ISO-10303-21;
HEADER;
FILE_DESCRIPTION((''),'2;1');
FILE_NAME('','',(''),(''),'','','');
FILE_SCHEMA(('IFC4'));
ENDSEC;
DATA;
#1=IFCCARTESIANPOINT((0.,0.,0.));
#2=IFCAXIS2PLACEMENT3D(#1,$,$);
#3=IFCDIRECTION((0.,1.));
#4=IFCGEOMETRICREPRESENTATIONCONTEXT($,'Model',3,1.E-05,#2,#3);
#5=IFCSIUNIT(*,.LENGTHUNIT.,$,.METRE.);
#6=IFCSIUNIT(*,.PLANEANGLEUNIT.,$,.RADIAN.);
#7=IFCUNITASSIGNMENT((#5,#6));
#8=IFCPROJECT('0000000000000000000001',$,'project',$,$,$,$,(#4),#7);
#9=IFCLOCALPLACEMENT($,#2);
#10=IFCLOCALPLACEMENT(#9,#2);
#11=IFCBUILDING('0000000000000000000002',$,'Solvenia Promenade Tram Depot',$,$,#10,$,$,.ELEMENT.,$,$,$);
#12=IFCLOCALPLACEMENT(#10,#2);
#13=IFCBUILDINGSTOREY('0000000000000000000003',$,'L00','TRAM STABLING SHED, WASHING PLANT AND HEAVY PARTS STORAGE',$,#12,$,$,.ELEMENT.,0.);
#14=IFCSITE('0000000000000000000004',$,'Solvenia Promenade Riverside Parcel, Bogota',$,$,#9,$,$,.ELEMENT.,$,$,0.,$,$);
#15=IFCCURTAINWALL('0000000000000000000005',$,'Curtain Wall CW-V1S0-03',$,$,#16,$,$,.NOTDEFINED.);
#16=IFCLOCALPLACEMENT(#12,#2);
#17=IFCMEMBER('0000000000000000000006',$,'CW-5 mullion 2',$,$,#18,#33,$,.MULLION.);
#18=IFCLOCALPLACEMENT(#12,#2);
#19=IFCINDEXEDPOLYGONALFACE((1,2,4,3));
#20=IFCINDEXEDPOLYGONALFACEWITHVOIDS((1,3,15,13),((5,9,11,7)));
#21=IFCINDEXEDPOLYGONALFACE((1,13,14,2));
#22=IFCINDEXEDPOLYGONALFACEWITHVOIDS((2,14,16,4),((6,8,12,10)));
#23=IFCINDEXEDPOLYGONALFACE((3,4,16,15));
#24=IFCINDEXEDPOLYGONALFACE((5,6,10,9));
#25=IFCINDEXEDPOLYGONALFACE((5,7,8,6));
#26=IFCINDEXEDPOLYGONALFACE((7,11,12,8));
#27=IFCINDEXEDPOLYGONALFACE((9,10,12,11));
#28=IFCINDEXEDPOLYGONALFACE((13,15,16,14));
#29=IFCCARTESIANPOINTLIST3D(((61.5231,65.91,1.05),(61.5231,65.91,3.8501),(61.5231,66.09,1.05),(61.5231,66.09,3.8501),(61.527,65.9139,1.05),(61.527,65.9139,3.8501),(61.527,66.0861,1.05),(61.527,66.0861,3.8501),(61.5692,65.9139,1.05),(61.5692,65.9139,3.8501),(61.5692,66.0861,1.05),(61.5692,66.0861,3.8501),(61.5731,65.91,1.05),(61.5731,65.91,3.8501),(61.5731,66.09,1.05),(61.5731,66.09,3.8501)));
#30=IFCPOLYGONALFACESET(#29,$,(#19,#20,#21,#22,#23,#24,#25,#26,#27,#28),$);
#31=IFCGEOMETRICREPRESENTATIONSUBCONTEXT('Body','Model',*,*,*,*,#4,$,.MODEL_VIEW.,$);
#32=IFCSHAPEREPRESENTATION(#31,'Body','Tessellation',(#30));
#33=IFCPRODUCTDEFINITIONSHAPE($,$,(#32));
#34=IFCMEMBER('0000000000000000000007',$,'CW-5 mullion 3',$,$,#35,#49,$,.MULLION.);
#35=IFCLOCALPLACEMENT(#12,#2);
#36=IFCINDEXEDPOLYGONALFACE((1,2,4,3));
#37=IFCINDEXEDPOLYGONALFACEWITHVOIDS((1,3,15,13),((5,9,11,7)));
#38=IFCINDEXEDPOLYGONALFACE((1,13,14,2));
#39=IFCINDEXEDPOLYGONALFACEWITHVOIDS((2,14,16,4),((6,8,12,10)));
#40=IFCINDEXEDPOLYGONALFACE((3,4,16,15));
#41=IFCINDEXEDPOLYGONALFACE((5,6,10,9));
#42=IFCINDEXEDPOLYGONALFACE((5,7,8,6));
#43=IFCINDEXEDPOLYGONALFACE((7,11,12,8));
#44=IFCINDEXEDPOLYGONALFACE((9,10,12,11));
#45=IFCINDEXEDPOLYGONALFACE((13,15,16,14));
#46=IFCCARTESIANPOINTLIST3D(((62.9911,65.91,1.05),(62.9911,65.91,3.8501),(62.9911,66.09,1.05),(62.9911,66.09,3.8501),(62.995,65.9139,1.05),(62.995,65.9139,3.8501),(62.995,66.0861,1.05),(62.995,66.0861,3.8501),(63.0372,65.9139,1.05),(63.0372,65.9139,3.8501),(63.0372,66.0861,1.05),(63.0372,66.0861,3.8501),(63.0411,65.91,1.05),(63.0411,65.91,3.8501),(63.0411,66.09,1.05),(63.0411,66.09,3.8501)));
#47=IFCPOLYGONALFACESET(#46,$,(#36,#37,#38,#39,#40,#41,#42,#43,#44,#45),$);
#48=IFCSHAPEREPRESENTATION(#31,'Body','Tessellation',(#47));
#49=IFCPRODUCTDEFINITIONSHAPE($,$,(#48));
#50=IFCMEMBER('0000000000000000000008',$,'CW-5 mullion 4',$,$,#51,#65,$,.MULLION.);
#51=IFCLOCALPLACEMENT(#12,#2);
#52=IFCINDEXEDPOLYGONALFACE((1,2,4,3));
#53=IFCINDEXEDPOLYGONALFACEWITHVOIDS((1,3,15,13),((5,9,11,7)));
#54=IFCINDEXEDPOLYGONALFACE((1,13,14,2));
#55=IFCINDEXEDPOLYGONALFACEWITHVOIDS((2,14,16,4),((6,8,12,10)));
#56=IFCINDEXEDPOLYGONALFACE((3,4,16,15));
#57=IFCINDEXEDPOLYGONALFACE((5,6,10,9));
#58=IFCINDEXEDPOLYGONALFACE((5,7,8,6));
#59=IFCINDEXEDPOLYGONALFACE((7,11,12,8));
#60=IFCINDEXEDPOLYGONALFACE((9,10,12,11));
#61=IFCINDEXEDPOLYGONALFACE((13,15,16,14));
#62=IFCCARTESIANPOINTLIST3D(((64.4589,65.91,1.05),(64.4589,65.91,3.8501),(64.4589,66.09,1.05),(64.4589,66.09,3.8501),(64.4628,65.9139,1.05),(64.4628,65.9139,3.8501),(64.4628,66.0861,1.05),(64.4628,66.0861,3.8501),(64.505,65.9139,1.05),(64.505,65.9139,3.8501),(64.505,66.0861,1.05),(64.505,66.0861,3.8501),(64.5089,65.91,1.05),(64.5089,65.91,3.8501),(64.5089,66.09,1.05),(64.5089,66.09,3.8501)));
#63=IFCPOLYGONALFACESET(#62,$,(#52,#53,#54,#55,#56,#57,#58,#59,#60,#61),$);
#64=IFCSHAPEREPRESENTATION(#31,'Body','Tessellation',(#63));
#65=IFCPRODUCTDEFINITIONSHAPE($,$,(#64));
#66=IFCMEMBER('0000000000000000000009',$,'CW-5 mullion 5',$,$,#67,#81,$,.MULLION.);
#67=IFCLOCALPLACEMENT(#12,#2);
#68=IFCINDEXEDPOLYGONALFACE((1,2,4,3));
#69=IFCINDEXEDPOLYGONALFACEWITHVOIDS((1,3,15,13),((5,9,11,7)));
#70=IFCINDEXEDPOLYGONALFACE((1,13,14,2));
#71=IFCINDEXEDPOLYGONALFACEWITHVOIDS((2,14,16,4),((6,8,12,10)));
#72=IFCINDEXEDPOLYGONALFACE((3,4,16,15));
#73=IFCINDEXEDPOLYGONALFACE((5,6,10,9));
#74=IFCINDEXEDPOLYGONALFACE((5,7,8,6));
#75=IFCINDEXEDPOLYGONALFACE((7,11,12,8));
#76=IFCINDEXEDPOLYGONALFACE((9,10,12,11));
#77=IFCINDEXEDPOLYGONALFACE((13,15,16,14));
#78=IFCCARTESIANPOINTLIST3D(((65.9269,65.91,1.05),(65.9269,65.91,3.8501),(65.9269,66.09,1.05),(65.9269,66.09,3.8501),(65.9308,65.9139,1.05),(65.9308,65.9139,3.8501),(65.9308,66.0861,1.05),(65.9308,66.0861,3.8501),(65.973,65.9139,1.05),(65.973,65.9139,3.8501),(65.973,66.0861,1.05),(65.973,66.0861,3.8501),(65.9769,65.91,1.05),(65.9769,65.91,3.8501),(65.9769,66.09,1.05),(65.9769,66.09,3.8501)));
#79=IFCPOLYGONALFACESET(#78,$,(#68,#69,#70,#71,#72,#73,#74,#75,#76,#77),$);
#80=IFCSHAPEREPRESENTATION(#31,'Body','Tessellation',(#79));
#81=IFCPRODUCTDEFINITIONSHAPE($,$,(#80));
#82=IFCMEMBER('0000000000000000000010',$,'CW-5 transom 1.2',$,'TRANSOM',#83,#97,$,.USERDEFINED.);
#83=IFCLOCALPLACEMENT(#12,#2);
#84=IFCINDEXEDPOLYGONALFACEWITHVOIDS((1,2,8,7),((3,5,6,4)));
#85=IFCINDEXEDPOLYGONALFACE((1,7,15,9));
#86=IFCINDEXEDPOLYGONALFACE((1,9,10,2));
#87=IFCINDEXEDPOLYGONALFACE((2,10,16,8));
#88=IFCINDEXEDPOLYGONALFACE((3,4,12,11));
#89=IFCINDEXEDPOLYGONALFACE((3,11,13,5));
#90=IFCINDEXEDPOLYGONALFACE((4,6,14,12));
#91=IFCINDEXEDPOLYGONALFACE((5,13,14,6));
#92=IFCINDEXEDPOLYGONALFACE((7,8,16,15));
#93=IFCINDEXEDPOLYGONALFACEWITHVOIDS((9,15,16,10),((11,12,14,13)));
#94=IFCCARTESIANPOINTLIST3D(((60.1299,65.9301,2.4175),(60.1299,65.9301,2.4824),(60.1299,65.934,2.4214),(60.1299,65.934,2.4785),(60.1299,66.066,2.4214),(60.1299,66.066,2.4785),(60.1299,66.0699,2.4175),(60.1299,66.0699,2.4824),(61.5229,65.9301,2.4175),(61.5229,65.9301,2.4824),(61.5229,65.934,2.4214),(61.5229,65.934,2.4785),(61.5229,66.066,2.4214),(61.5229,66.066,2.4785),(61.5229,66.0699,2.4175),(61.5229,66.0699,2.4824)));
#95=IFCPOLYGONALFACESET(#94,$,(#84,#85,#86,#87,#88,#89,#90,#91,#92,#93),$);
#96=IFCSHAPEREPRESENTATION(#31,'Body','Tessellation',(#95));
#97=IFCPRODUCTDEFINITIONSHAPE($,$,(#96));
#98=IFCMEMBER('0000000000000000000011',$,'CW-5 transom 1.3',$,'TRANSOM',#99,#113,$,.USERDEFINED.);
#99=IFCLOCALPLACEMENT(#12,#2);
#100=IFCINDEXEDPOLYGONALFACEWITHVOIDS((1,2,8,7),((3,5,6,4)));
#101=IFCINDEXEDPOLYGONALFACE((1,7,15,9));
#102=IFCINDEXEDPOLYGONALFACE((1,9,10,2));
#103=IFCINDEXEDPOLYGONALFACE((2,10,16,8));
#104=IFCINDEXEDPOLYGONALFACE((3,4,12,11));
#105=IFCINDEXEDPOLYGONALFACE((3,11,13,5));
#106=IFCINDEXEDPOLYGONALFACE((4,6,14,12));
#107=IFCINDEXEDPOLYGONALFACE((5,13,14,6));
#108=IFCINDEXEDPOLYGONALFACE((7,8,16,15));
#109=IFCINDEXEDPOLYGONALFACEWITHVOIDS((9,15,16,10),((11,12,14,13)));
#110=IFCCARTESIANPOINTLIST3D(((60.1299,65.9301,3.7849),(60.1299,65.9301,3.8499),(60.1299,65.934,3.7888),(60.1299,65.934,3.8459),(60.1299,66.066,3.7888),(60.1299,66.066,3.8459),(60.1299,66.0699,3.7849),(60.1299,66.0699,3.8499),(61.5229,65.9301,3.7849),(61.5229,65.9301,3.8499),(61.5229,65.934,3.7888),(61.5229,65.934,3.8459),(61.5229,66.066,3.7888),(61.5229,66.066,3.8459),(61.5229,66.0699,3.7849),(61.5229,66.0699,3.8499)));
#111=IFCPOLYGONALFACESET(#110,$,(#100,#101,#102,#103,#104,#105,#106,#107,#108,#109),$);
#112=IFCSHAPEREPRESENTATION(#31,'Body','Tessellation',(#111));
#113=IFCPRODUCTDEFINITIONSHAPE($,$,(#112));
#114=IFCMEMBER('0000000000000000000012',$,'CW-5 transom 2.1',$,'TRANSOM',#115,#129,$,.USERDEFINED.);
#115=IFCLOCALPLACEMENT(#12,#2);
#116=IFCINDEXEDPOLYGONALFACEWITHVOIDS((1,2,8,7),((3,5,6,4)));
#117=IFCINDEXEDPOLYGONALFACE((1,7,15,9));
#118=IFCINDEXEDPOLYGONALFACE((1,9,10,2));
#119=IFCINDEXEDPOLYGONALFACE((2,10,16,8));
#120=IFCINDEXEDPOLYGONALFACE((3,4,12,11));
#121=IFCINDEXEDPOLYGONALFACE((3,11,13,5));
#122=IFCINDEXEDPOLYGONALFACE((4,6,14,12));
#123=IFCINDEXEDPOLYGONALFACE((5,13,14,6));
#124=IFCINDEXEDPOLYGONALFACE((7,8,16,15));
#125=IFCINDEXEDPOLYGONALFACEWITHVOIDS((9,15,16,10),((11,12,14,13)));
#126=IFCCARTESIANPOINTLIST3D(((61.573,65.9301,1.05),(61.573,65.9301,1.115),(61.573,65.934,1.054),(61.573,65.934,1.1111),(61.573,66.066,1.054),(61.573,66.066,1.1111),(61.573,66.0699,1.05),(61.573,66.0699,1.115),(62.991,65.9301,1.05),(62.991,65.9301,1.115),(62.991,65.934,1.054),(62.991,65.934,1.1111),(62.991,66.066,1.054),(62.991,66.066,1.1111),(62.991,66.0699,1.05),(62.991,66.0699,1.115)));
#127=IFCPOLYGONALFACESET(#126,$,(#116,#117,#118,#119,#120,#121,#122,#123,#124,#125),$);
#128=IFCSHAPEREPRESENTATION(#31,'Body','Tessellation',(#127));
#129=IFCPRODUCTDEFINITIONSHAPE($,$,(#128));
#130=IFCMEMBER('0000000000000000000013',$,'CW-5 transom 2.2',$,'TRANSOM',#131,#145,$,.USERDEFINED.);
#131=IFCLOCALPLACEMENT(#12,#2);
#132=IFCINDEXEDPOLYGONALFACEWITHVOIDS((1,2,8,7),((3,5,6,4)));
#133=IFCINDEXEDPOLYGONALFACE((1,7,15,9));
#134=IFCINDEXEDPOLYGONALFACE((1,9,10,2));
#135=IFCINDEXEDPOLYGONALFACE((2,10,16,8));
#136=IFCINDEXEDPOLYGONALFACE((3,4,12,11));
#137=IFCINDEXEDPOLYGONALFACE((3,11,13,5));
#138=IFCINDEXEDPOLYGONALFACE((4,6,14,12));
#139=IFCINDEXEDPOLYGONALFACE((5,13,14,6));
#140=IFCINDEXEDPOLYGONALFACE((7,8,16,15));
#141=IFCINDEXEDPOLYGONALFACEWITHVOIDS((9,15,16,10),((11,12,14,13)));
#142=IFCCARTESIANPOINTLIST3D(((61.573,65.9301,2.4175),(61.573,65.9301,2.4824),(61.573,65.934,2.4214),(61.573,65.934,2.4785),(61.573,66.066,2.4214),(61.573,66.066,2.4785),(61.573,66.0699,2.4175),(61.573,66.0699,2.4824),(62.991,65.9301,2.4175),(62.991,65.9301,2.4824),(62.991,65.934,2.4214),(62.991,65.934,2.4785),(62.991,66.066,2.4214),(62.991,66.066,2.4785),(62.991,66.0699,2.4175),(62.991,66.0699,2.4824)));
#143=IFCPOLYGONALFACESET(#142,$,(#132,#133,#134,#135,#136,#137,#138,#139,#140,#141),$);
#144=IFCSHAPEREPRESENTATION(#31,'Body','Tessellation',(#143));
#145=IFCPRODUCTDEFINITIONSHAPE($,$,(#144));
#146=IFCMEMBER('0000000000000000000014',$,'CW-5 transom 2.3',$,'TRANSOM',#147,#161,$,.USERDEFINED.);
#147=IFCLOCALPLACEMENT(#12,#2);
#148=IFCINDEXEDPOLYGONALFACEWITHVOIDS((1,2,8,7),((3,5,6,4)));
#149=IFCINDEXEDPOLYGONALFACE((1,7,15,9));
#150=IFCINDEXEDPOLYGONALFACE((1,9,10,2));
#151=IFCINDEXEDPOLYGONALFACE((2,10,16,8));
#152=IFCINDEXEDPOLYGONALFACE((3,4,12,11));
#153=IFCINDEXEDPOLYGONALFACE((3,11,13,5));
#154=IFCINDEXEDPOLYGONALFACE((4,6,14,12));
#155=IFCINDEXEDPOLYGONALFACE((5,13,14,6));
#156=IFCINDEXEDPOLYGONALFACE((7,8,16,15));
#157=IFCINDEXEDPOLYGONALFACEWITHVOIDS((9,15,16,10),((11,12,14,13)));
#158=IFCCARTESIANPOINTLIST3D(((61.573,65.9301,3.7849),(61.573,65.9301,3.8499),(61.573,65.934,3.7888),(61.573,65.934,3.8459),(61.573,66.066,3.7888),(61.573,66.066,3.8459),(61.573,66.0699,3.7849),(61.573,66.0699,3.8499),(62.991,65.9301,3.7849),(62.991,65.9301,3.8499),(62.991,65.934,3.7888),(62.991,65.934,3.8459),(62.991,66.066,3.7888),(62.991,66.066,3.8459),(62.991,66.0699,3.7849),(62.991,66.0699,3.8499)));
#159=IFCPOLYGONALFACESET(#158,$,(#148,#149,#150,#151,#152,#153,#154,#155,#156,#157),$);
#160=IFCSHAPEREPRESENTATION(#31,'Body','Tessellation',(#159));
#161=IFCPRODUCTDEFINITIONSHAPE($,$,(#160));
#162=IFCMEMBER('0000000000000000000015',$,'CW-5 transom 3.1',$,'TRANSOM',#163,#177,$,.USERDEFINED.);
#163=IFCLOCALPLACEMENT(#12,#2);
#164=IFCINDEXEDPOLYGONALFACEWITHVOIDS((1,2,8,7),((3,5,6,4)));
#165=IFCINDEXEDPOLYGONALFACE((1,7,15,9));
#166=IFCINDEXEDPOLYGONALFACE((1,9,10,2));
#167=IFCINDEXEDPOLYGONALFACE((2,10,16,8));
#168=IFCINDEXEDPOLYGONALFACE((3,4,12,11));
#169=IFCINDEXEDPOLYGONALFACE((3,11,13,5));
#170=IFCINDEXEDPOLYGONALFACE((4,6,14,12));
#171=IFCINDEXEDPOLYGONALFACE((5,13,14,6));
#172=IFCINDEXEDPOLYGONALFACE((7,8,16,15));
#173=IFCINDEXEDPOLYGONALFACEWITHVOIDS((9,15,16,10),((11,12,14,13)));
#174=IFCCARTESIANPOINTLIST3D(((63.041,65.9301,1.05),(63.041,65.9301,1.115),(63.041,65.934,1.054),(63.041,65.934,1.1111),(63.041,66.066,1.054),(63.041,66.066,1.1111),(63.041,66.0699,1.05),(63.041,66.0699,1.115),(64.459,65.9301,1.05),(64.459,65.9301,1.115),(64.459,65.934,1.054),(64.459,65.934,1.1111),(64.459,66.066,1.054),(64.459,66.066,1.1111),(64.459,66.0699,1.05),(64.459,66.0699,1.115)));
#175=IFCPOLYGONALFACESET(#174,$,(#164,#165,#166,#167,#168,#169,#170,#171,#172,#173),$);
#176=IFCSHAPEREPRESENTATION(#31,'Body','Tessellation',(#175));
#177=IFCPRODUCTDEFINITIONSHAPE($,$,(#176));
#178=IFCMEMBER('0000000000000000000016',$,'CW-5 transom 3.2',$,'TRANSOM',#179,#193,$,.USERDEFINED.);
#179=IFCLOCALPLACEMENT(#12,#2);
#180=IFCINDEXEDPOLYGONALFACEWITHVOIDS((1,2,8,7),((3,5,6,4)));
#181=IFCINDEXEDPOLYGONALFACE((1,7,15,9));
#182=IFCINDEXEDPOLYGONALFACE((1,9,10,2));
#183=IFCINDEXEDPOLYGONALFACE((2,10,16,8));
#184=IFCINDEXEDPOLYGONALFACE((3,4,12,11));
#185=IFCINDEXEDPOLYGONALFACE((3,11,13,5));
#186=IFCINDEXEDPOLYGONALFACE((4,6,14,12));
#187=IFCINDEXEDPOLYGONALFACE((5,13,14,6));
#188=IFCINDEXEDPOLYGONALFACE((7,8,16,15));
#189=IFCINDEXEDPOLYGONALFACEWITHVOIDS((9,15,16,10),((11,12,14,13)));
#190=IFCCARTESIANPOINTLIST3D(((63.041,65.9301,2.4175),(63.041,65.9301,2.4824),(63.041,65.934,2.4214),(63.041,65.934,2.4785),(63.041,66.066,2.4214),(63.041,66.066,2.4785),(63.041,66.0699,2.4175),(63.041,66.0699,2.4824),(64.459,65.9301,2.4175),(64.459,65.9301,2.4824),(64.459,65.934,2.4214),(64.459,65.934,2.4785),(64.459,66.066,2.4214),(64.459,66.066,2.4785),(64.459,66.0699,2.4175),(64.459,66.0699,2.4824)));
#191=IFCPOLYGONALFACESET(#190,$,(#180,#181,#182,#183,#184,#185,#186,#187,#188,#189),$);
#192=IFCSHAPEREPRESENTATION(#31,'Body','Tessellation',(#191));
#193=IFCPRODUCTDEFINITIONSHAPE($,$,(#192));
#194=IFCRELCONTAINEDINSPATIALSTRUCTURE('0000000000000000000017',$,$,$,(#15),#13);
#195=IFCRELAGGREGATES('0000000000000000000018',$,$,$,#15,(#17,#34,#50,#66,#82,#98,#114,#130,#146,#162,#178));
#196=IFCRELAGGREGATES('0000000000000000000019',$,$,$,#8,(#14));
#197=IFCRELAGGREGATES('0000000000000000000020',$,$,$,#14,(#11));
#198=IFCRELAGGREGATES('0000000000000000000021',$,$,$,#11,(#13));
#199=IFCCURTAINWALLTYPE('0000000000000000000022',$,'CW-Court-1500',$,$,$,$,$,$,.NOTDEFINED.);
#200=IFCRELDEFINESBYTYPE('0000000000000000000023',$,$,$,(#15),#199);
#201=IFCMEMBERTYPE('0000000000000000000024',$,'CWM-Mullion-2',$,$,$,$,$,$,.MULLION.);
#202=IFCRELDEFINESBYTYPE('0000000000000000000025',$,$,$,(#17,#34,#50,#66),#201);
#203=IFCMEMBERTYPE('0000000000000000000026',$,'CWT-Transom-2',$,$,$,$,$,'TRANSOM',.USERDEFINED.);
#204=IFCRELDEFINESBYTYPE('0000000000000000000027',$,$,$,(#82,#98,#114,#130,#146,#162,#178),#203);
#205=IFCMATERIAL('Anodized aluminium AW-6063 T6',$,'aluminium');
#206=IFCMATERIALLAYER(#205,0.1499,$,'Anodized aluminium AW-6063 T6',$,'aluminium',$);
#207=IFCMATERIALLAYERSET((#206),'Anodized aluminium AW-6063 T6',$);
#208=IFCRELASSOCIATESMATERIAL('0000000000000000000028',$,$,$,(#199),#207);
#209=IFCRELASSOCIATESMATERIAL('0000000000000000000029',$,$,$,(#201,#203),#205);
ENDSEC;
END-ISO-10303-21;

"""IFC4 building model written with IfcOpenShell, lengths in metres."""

from ifc_helpers import new_model, si_unit, direction, frame, origin, origin_2d, place, context, subcontext, project, spatial, hollow_rectangle, extrude, material, layer, layer_set, material_profile, profile_set, type_object, element, aggregate, save


model = new_model("IFC4")

# Units and contexts
model_context = context("Model", 3, precision=1e-05, world=origin(), true_north=direction((0.0, 1.0)))
body_context = subcontext(model_context, "Body", "Model", "MODEL_VIEW")
ifc_project = project(units=[si_unit("LENGTHUNIT", "METRE"), si_unit("PLANEANGLEUNIT", "RADIAN")], contexts=[model_context])

# Site, building, storey
site_placement = place(None, origin())
site = spatial("IfcSite", under=ifc_project, at=site_placement, Name="Solvenia Promenade Riverside Parcel, Bogota", CompositionType="ELEMENT", RefElevation=0.0)
building_placement = place(site_placement, origin())
building = spatial("IfcBuilding", under=site, at=building_placement, Name="Solvenia Promenade Tram Depot", CompositionType="ELEMENT")
storey_placement = place(building_placement, origin())
storey = spatial("IfcBuildingStorey", under=building, at=storey_placement, Name="L00", Description="TRAM STABLING SHED, WASHING PLANT AND HEAVY PARTS STORAGE", CompositionType="ELEMENT", Elevation=0.0)

# Curtain wall, members
ifc_material_1 = material(Name="Anodized aluminium AW-6063 T6", Category="aluminium")
ifc_layer_1 = layer(ifc_material_1, 0.1499, Name="Anodized aluminium AW-6063 T6", Category="aluminium")
ifc_layer_set_1 = layer_set([ifc_layer_1], Name="Anodized aluminium AW-6063 T6")
curtain_wall_type = type_object("IfcCurtainWallType", Name="CW-Court-1500", PredefinedType="NOTDEFINED", material=ifc_layer_set_1)
curtain_wall_placement = place(storey_placement, origin())
curtain_wall = element("IfcCurtainWall", 1, at=curtain_wall_placement, inside=storey, type_object=curtain_wall_type, Name="Curtain Wall CW-V1S0-03", PredefinedType="NOTDEFINED")
ifc_material_profile_1 = material_profile(ifc_material_1, hollow_rectangle(XDim=0.1799, YDim=0.05, WallThickness=0.0039, at=origin_2d()), Name="ALU-M2", Category="aluminium")
ifc_profile_set_1 = profile_set([ifc_material_profile_1], Name="Anodized aluminium AW-6063 T6")
member_type_1 = type_object("IfcMemberType", Name="CWM-Mullion-2", PredefinedType="MULLION", material=ifc_profile_set_1)
member_1_placement = place(storey_placement, frame((61.5481, 66.0, 1.05), z_axis=(0.0, 0.0, 1.0), x_axis=(0.0, 1.0, 0.0)))
member_1 = element("IfcMember", 2, at=member_1_placement, type_object=member_type_1, Name="CW-5 mullion 2", PredefinedType="MULLION", context=body_context, shape_type="SweptSolid", body=[
    extrude(hollow_rectangle(XDim=0.1799, YDim=0.05, WallThickness=0.0039, at=origin_2d()), origin(), (0.0, 0.0, 1.0), 2.8),
])
member_2_placement = place(storey_placement, frame((63.0161, 66.0, 1.05), z_axis=(0.0, 0.0, 1.0), x_axis=(0.0, 1.0, 0.0)))
member_2 = element("IfcMember", 3, at=member_2_placement, type_object=member_type_1, Name="CW-5 mullion 3", PredefinedType="MULLION", context=body_context, shape_type="SweptSolid", body=[
    extrude(hollow_rectangle(XDim=0.1799, YDim=0.05, WallThickness=0.0039, at=origin_2d()), origin(), (0.0, 0.0, 1.0), 2.8),
])
member_3_placement = place(storey_placement, frame((64.4839, 66.0, 1.05), z_axis=(0.0, 0.0, 1.0), x_axis=(0.0, 1.0, 0.0)))
member_3 = element("IfcMember", 4, at=member_3_placement, type_object=member_type_1, Name="CW-5 mullion 4", PredefinedType="MULLION", context=body_context, shape_type="SweptSolid", body=[
    extrude(hollow_rectangle(XDim=0.1799, YDim=0.05, WallThickness=0.0039, at=origin_2d()), origin(), (0.0, 0.0, 1.0), 2.8),
])
member_4_placement = place(storey_placement, frame((65.9519, 66.0, 1.05), z_axis=(0.0, 0.0, 1.0), x_axis=(0.0, 1.0, 0.0)))
member_4 = element("IfcMember", 5, at=member_4_placement, type_object=member_type_1, Name="CW-5 mullion 5", PredefinedType="MULLION", context=body_context, shape_type="SweptSolid", body=[
    extrude(hollow_rectangle(XDim=0.1799, YDim=0.05, WallThickness=0.0039, at=origin_2d()), origin(), (0.0, 0.0, 1.0), 2.8),
])
ifc_material_profile_2 = material_profile(ifc_material_1, hollow_rectangle(XDim=0.1399, YDim=0.0649, WallThickness=0.0039, at=origin_2d()), Name="ALU-T2", Category="aluminium")
ifc_profile_set_2 = profile_set([ifc_material_profile_2], Name="Anodized aluminium AW-6063 T6")
member_type_2 = type_object("IfcMemberType", Name="CWT-Transom-2", ElementType="TRANSOM", PredefinedType="USERDEFINED", material=ifc_profile_set_2)
member_5_placement = place(storey_placement, frame((60.1299, 66.0, 2.45), z_axis=(1.0, 0.0, 0.0), x_axis=(0.0, 1.0, 0.0)))
member_5 = element("IfcMember", 6, at=member_5_placement, type_object=member_type_2, Name="CW-5 transom 1.2", ObjectType="TRANSOM", PredefinedType="USERDEFINED", context=body_context, shape_type="SweptSolid", body=[
    extrude(hollow_rectangle(XDim=0.1399, YDim=0.0649, WallThickness=0.0039, at=origin_2d()), origin(), (0.0, 0.0, 1.0), 1.3931),
])
member_6_placement = place(storey_placement, frame((60.1299, 66.0, 3.8174), z_axis=(1.0, 0.0, 0.0), x_axis=(0.0, 1.0, 0.0)))
member_6 = element("IfcMember", 7, at=member_6_placement, type_object=member_type_2, Name="CW-5 transom 1.3", ObjectType="TRANSOM", PredefinedType="USERDEFINED", context=body_context, shape_type="SweptSolid", body=[
    extrude(hollow_rectangle(XDim=0.1399, YDim=0.0649, WallThickness=0.0039, at=origin_2d()), origin(), (0.0, 0.0, 1.0), 1.3931),
])
member_7_placement = place(storey_placement, frame((61.573, 66.0, 1.0825), z_axis=(1.0, 0.0, 0.0), x_axis=(0.0, 1.0, 0.0)))
member_7 = element("IfcMember", 8, at=member_7_placement, type_object=member_type_2, Name="CW-5 transom 2.1", ObjectType="TRANSOM", PredefinedType="USERDEFINED", context=body_context, shape_type="SweptSolid", body=[
    extrude(hollow_rectangle(XDim=0.1399, YDim=0.0649, WallThickness=0.0039, at=origin_2d()), origin(), (0.0, 0.0, 1.0), 1.418),
])
member_8_placement = place(storey_placement, frame((61.573, 66.0, 2.45), z_axis=(1.0, 0.0, 0.0), x_axis=(0.0, 1.0, 0.0)))
member_8 = element("IfcMember", 9, at=member_8_placement, type_object=member_type_2, Name="CW-5 transom 2.2", ObjectType="TRANSOM", PredefinedType="USERDEFINED", context=body_context, shape_type="SweptSolid", body=[
    extrude(hollow_rectangle(XDim=0.1399, YDim=0.0649, WallThickness=0.0039, at=origin_2d()), origin(), (0.0, 0.0, 1.0), 1.418),
])
member_9_placement = place(storey_placement, frame((61.573, 66.0, 3.8174), z_axis=(1.0, 0.0, 0.0), x_axis=(0.0, 1.0, 0.0)))
member_9 = element("IfcMember", 10, at=member_9_placement, type_object=member_type_2, Name="CW-5 transom 2.3", ObjectType="TRANSOM", PredefinedType="USERDEFINED", context=body_context, shape_type="SweptSolid", body=[
    extrude(hollow_rectangle(XDim=0.1399, YDim=0.0649, WallThickness=0.0039, at=origin_2d()), origin(), (0.0, 0.0, 1.0), 1.418),
])
member_10_placement = place(storey_placement, frame((63.041, 66.0, 1.0825), z_axis=(1.0, 0.0, 0.0), x_axis=(0.0, 1.0, 0.0)))
member_10 = element("IfcMember", 11, at=member_10_placement, type_object=member_type_2, Name="CW-5 transom 3.1", ObjectType="TRANSOM", PredefinedType="USERDEFINED", context=body_context, shape_type="SweptSolid", body=[
    extrude(hollow_rectangle(XDim=0.1399, YDim=0.0649, WallThickness=0.0039, at=origin_2d()), origin(), (0.0, 0.0, 1.0), 1.418),
])
member_11_placement = place(storey_placement, frame((63.041, 66.0, 2.45), z_axis=(1.0, 0.0, 0.0), x_axis=(0.0, 1.0, 0.0)))
member_11 = element("IfcMember", 12, at=member_11_placement, type_object=member_type_2, Name="CW-5 transom 3.2", ObjectType="TRANSOM", PredefinedType="USERDEFINED", context=body_context, shape_type="SweptSolid", body=[
    extrude(hollow_rectangle(XDim=0.1399, YDim=0.0649, WallThickness=0.0039, at=origin_2d()), origin(), (0.0, 0.0, 1.0), 1.418),
])
aggregate(curtain_wall, [member_1, member_2, member_3, member_4, member_5, member_6, member_7, member_8, member_9, member_10, member_11])

save(model, "model.ifc")
